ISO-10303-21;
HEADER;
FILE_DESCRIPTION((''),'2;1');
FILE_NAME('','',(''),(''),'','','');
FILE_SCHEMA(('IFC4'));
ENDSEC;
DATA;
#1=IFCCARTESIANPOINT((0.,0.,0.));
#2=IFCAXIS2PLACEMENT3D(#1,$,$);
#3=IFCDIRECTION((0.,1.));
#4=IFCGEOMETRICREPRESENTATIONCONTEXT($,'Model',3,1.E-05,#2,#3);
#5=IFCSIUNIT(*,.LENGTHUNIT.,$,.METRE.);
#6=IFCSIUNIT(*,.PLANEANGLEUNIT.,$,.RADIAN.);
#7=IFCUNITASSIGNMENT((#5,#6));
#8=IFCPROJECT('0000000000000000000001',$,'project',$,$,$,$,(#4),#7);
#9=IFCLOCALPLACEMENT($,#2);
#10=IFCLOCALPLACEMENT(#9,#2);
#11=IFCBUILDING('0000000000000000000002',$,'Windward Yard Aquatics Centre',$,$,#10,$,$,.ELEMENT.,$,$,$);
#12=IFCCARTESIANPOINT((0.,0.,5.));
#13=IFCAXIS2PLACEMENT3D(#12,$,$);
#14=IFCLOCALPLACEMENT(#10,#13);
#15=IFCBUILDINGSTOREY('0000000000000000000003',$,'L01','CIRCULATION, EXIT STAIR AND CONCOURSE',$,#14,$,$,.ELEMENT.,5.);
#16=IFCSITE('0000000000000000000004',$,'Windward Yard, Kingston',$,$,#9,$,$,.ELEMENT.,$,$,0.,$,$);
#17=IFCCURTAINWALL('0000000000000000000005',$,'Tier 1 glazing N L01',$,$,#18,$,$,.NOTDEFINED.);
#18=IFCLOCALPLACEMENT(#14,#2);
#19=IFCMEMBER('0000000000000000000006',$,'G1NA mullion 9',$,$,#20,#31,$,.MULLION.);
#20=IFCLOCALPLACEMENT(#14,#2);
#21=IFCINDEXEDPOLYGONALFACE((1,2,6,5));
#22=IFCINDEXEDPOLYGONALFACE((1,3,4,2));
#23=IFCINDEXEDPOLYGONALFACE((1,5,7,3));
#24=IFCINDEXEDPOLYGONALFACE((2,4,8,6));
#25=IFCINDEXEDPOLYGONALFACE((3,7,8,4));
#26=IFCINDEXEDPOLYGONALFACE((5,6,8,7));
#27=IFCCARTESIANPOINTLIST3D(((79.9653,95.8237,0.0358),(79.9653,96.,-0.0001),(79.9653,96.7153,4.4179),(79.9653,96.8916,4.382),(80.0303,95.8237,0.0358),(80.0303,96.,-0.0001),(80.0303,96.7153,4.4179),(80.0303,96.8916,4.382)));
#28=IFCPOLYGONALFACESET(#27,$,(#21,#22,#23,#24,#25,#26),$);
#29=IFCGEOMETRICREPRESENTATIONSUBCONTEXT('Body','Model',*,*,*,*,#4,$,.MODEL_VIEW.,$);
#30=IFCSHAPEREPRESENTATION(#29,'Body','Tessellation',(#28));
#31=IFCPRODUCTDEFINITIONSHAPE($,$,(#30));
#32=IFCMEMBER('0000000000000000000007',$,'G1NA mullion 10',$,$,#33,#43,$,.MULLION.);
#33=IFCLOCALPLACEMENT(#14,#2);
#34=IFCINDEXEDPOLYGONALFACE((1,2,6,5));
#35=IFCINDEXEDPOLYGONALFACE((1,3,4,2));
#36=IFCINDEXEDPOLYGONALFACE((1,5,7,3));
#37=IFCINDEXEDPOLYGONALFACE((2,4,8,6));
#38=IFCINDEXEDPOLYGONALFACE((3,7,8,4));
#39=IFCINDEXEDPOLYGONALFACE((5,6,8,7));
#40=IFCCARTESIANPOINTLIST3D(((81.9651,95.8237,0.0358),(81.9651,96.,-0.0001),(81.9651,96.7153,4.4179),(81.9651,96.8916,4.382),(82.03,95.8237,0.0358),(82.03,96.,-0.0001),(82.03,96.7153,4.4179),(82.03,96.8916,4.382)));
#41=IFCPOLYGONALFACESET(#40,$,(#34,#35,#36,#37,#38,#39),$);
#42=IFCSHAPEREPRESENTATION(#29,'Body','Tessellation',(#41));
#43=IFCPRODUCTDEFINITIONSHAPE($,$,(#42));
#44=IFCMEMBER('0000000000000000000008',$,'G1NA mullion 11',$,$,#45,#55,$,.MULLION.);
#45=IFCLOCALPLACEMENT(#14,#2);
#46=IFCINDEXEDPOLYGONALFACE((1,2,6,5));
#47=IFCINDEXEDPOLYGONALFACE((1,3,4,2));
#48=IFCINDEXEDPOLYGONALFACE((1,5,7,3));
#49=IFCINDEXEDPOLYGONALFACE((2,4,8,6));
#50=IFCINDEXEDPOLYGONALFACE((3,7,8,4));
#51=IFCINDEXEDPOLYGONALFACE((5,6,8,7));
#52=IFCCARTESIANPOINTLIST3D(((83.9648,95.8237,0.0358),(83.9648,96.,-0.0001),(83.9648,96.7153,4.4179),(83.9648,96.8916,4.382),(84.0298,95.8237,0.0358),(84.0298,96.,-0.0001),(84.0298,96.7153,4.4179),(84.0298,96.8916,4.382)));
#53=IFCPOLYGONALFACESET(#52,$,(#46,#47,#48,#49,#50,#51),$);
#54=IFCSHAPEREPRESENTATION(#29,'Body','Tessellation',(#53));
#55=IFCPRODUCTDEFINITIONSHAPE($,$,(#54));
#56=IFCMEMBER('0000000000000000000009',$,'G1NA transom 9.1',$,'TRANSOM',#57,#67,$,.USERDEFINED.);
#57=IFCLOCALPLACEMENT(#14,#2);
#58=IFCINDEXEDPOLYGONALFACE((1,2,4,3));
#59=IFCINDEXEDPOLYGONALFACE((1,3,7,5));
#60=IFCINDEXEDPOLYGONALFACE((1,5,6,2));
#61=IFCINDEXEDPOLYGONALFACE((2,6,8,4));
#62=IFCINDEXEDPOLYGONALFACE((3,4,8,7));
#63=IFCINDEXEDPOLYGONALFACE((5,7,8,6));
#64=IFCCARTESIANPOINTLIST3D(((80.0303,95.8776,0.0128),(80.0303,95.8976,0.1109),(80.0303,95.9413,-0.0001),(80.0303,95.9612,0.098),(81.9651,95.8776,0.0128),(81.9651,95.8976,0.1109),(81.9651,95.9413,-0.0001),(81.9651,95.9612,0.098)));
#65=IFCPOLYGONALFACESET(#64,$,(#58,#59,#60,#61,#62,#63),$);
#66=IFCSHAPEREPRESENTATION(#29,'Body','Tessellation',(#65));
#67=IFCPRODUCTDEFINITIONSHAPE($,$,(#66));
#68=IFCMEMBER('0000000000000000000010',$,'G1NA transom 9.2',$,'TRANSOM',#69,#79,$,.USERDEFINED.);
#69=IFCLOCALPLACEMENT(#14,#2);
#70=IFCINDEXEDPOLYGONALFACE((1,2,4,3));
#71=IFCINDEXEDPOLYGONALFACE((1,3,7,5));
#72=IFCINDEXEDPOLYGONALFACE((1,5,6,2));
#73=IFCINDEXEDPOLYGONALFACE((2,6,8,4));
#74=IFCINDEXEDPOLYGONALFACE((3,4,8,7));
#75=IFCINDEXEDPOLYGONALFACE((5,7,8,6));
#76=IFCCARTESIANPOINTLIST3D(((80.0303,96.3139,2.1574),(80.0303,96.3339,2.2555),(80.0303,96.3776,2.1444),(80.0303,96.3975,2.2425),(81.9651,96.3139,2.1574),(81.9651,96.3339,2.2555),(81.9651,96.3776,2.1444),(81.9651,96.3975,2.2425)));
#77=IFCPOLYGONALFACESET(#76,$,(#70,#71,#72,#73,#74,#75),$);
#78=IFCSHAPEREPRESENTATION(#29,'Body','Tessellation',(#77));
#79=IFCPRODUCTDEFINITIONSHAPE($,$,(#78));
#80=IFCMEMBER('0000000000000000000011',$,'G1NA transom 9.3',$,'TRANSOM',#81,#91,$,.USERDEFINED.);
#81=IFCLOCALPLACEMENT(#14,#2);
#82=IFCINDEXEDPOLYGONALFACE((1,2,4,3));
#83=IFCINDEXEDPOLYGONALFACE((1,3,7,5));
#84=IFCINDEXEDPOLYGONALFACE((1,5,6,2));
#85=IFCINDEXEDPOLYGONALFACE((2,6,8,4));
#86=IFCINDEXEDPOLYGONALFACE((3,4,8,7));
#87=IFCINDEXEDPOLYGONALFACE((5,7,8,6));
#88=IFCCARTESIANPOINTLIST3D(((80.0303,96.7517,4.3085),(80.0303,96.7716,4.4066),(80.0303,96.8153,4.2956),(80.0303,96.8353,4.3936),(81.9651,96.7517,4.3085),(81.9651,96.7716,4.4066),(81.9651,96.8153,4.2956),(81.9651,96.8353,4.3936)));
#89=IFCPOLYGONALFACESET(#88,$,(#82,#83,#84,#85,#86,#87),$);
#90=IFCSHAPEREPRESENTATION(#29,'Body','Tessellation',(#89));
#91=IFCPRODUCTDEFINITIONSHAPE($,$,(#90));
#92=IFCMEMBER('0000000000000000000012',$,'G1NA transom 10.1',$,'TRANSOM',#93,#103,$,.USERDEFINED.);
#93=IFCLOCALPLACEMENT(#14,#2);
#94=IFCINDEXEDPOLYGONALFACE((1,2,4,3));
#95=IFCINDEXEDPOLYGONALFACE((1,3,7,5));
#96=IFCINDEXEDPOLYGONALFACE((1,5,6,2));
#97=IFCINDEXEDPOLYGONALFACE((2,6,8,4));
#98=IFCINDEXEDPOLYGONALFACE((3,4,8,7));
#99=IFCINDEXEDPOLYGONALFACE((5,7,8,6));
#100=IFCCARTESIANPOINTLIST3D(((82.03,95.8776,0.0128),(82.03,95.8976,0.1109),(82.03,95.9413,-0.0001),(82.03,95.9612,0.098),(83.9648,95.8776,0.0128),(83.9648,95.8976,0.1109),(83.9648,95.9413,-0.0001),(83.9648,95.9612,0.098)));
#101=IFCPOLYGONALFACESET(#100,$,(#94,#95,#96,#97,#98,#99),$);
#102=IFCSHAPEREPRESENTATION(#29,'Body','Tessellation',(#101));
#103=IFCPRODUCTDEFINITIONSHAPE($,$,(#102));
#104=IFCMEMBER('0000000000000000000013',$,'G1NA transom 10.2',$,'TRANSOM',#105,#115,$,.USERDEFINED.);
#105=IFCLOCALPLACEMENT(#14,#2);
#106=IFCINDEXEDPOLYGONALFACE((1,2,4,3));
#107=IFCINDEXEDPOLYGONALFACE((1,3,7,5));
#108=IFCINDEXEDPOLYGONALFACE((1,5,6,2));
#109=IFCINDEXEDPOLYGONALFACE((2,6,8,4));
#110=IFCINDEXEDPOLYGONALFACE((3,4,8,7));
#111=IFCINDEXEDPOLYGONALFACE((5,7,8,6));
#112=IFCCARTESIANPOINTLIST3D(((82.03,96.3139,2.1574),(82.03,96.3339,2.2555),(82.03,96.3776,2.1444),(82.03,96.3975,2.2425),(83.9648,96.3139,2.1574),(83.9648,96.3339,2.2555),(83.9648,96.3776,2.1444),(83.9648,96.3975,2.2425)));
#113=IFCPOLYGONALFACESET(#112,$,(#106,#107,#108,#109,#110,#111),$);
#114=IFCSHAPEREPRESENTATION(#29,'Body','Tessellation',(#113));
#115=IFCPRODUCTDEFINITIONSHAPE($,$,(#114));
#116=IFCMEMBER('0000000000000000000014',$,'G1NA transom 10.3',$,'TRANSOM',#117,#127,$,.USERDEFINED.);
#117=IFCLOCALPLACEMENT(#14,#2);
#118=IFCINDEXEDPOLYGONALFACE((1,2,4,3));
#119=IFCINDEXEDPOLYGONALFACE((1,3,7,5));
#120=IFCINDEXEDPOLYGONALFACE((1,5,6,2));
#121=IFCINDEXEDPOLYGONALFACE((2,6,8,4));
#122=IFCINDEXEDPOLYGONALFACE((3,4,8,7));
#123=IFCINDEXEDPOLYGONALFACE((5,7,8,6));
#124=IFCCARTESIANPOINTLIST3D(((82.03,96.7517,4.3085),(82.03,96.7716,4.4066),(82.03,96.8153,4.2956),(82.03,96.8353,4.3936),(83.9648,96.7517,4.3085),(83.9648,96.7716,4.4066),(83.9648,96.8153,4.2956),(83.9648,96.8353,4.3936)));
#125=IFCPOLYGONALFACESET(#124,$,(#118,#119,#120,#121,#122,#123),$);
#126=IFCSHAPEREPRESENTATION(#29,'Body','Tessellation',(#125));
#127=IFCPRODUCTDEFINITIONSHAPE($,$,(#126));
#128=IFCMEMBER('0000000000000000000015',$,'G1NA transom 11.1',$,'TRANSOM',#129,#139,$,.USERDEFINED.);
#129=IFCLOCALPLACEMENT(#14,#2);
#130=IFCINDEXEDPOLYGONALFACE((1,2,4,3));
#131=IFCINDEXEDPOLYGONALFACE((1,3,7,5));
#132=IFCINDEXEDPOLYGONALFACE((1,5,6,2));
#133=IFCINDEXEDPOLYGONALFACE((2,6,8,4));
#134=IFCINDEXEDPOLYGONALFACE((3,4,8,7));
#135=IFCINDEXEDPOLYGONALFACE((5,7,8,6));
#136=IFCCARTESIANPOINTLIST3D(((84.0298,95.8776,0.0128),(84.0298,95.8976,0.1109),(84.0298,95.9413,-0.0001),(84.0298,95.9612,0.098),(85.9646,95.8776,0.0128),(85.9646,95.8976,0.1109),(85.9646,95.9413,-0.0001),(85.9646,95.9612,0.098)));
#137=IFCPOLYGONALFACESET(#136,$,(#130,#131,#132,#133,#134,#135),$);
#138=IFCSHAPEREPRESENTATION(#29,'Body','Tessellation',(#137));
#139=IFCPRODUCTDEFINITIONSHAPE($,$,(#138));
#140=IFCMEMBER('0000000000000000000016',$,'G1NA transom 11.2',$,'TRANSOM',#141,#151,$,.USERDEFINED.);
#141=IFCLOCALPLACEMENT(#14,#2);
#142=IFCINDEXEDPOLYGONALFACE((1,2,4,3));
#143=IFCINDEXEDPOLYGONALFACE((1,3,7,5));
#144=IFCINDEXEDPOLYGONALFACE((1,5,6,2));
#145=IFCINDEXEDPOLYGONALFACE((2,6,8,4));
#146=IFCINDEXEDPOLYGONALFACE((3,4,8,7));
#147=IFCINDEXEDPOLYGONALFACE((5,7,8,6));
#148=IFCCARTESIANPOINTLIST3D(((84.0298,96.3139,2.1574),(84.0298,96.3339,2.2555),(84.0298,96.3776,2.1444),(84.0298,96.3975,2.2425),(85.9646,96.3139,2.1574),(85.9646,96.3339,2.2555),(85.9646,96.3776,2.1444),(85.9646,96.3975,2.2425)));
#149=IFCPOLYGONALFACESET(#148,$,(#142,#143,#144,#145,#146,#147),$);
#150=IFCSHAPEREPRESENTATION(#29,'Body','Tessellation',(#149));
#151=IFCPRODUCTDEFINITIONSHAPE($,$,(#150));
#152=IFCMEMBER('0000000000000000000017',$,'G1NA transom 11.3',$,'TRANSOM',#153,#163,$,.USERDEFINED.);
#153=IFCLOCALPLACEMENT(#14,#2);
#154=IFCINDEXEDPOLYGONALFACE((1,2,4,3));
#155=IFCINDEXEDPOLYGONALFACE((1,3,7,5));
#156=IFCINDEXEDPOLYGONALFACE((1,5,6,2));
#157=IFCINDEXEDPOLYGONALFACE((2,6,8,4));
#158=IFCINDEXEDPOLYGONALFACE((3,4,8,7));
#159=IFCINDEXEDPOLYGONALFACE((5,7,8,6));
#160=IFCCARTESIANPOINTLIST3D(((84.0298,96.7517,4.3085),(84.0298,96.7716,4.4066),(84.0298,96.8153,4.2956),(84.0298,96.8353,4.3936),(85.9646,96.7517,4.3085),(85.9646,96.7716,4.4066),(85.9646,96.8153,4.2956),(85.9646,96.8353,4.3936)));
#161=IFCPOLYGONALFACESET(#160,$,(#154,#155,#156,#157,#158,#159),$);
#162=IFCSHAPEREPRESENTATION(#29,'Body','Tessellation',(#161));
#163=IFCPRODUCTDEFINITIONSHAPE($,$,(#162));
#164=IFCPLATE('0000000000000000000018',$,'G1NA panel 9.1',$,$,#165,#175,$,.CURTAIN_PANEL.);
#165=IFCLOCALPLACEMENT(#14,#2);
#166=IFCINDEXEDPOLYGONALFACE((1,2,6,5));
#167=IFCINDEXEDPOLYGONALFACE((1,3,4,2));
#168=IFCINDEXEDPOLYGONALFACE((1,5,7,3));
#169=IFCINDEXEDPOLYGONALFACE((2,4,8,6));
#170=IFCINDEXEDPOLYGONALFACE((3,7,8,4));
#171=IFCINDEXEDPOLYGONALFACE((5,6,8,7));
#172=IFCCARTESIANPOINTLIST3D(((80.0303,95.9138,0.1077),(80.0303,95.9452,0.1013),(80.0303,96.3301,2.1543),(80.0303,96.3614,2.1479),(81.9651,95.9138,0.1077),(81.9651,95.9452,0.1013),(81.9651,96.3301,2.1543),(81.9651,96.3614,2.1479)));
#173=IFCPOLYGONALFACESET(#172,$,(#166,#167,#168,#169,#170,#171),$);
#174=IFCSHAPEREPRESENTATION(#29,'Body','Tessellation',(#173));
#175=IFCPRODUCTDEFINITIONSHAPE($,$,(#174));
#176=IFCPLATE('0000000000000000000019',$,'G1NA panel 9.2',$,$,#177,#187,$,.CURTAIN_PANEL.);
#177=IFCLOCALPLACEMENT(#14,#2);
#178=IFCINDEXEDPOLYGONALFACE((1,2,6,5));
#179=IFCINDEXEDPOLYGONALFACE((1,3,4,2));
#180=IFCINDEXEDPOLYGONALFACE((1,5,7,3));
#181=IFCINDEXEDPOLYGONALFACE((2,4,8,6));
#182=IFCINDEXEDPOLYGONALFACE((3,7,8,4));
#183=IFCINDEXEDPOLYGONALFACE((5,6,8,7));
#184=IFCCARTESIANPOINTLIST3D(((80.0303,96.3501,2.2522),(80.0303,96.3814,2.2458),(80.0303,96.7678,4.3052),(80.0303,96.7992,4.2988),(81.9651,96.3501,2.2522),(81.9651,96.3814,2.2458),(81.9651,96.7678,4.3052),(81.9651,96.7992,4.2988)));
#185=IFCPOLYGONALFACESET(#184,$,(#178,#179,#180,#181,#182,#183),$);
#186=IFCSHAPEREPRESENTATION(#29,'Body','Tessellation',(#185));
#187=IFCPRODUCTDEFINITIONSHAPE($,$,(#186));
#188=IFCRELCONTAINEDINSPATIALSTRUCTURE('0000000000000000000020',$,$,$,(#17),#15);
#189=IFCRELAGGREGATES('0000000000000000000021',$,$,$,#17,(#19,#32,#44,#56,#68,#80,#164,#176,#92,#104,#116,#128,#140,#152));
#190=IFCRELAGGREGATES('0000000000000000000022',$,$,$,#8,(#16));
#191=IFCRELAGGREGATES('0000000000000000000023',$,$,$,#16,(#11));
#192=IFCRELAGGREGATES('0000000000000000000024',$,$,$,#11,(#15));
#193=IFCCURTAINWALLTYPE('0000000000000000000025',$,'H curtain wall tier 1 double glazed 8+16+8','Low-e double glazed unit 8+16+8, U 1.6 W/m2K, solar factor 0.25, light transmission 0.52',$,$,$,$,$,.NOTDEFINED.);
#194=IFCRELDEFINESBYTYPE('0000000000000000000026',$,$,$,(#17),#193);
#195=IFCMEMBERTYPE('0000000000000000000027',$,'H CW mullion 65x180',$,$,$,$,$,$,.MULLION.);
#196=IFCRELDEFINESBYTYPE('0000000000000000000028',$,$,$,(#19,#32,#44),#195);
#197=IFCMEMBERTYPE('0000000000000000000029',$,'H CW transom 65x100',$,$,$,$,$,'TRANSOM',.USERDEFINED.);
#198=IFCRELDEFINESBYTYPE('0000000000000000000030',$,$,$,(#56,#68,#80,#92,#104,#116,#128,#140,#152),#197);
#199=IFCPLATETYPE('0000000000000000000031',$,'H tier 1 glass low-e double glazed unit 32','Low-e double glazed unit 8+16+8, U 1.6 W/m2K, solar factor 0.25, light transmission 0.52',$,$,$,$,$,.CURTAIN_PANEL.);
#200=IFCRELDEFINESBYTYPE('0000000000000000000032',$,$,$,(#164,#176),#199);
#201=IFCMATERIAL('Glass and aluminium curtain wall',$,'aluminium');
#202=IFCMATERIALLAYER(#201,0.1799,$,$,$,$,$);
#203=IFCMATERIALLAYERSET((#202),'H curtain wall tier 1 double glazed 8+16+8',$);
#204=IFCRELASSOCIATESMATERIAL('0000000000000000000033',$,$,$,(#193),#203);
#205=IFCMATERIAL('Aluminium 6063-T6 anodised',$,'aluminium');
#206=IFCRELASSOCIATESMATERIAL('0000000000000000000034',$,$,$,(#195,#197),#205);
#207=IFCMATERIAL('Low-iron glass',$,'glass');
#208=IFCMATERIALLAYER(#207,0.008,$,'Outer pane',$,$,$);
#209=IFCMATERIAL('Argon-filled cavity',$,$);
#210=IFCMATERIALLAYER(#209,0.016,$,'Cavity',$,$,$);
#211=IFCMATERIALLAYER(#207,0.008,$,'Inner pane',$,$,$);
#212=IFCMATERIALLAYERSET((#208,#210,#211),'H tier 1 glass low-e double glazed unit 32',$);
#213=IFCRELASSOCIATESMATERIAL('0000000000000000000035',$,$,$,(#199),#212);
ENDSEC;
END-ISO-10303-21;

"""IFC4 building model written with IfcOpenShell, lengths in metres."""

from ifc_helpers import new_model, si_unit, direction, frame, origin, origin_2d, place, context, subcontext, project, spatial, polyline, rectangle, outline, extrude, material, layer, layer_set, material_profile, profile_set, type_object, element, aggregate, save


model = new_model("IFC4")

# Units and contexts
model_context = context("Model", 3, precision=1e-05, world=origin(), true_north=direction((0.0, 1.0)))
body_context = subcontext(model_context, "Body", "Model", "MODEL_VIEW")
ifc_project = project(units=[si_unit("LENGTHUNIT", "METRE"), si_unit("PLANEANGLEUNIT", "RADIAN")], contexts=[model_context])

# Site, building, storey
site_placement = place(None, origin())
site = spatial("IfcSite", under=ifc_project, at=site_placement, Name="Windward Yard, Kingston", CompositionType="ELEMENT", RefElevation=0.0)
building_placement = place(site_placement, origin())
building = spatial("IfcBuilding", under=site, at=building_placement, Name="Windward Yard Aquatics Centre", CompositionType="ELEMENT")
storey_placement = place(building_placement, frame((0.0, 0.0, 5.0)))
storey = spatial("IfcBuildingStorey", under=building, at=storey_placement, Name="L01", Description="CIRCULATION, EXIT STAIR AND CONCOURSE", CompositionType="ELEMENT", Elevation=5.0)

# Curtain wall, members, plates
ifc_material_1 = material(Name="Glass and aluminium curtain wall", Category="aluminium")
ifc_layer_1 = layer(ifc_material_1, 0.1799)
ifc_layer_set_1 = layer_set([ifc_layer_1], Name="H curtain wall tier 1 double glazed 8+16+8")
curtain_wall_type = type_object("IfcCurtainWallType", Name="H curtain wall tier 1 double glazed 8+16+8", Description="Low-e double glazed unit 8+16+8, U 1.6 W/m2K, solar factor 0.25, light transmission 0.52", PredefinedType="NOTDEFINED", material=ifc_layer_set_1)
curtain_wall_placement = place(storey_placement, origin())
curtain_wall = element("IfcCurtainWall", 1, at=curtain_wall_placement, inside=storey, type_object=curtain_wall_type, Name="Tier 1 glazing N L01", PredefinedType="NOTDEFINED")
ifc_material_2 = material(Name="Aluminium 6063-T6 anodised", Category="aluminium")
ifc_material_profile_1 = material_profile(ifc_material_2, rectangle(XDim=0.0649, YDim=0.1799, at=origin_2d()), Name="H CW mullion 65x180")
ifc_profile_set_1 = profile_set([ifc_material_profile_1], Name="Aluminium 6063-T6 anodised")
member_type_1 = type_object("IfcMemberType", Name="H CW mullion 65x180", PredefinedType="MULLION", material=ifc_profile_set_1)
member_1_placement = place(storey_placement, frame((79.9978, 95.9119, 0.0178), z_axis=(0.0, 0.19938, 0.979922), x_axis=(-1.0, 0.0, 0.0)))
member_1 = element("IfcMember", 2, at=member_1_placement, type_object=member_type_1, Name="G1NA mullion 9", PredefinedType="MULLION", context=body_context, shape_type="SweptSolid", body=[
    extrude(rectangle(XDim=0.0649, YDim=0.1799, at=origin_2d()), origin(), (0.0, 0.0, 1.0), 4.4719),
])
member_2_placement = place(storey_placement, frame((81.9976, 95.9119, 0.0178), z_axis=(0.0, 0.19938, 0.979922), x_axis=(-1.0, 0.0, 0.0)))
member_2 = element("IfcMember", 3, at=member_2_placement, type_object=member_type_1, Name="G1NA mullion 10", PredefinedType="MULLION", context=body_context, shape_type="SweptSolid", body=[
    extrude(rectangle(XDim=0.0649, YDim=0.1799, at=origin_2d()), origin(), (0.0, 0.0, 1.0), 4.4719),
])
member_3_placement = place(storey_placement, frame((83.9973, 95.9119, 0.0178), z_axis=(0.0, 0.19938, 0.979922), x_axis=(-1.0, 0.0, 0.0)))
member_3 = element("IfcMember", 4, at=member_3_placement, type_object=member_type_1, Name="G1NA mullion 11", PredefinedType="MULLION", context=body_context, shape_type="SweptSolid", body=[
    extrude(rectangle(XDim=0.0649, YDim=0.1799, at=origin_2d()), origin(), (0.0, 0.0, 1.0), 4.4719),
])
ifc_material_profile_2 = material_profile(ifc_material_2, rectangle(XDim=0.0649, YDim=0.1001, at=origin_2d()), Name="H CW transom 65x100")
ifc_profile_set_2 = profile_set([ifc_material_profile_2], Name="Aluminium 6063-T6 anodised")
member_type_2 = type_object("IfcMemberType", Name="H CW transom 65x100", ElementType="TRANSOM", PredefinedType="USERDEFINED", material=ifc_profile_set_2)
member_4_placement = place(storey_placement, frame((80.0303, 95.9194, 0.0554), z_axis=(1.0, 0.0, 0.0), x_axis=(0.0, -0.979925, 0.199368)))
member_4 = element("IfcMember", 5, at=member_4_placement, type_object=member_type_2, Name="G1NA transom 9.1", ObjectType="TRANSOM", PredefinedType="USERDEFINED", context=body_context, shape_type="SweptSolid", body=[
    extrude(rectangle(XDim=0.0649, YDim=0.1001, at=origin_2d()), origin(), (0.0, 0.0, 1.0), 1.9348),
])
member_5_placement = place(storey_placement, frame((80.0303, 96.3557, 2.2), z_axis=(1.0, 0.0, 0.0), x_axis=(0.0, -0.979925, 0.199368)))
member_5 = element("IfcMember", 6, at=member_5_placement, type_object=member_type_2, Name="G1NA transom 9.2", ObjectType="TRANSOM", PredefinedType="USERDEFINED", context=body_context, shape_type="SweptSolid", body=[
    extrude(rectangle(XDim=0.0649, YDim=0.1001, at=origin_2d()), origin(), (0.0, 0.0, 1.0), 1.9348),
])
member_6_placement = place(storey_placement, frame((80.0303, 96.7935, 4.3511), z_axis=(1.0, 0.0, 0.0), x_axis=(0.0, -0.979925, 0.199368)))
member_6 = element("IfcMember", 7, at=member_6_placement, type_object=member_type_2, Name="G1NA transom 9.3", ObjectType="TRANSOM", PredefinedType="USERDEFINED", context=body_context, shape_type="SweptSolid", body=[
    extrude(rectangle(XDim=0.0649, YDim=0.1001, at=origin_2d()), origin(), (0.0, 0.0, 1.0), 1.9348),
])
member_7_placement = place(storey_placement, frame((82.03, 95.9194, 0.0554), z_axis=(1.0, 0.0, 0.0), x_axis=(0.0, -0.979925, 0.199368)))
member_7 = element("IfcMember", 8, at=member_7_placement, type_object=member_type_2, Name="G1NA transom 10.1", ObjectType="TRANSOM", PredefinedType="USERDEFINED", context=body_context, shape_type="SweptSolid", body=[
    extrude(rectangle(XDim=0.0649, YDim=0.1001, at=origin_2d()), origin(), (0.0, 0.0, 1.0), 1.9348),
])
member_8_placement = place(storey_placement, frame((82.03, 96.3557, 2.2), z_axis=(1.0, 0.0, 0.0), x_axis=(0.0, -0.979925, 0.199368)))
member_8 = element("IfcMember", 9, at=member_8_placement, type_object=member_type_2, Name="G1NA transom 10.2", ObjectType="TRANSOM", PredefinedType="USERDEFINED", context=body_context, shape_type="SweptSolid", body=[
    extrude(rectangle(XDim=0.0649, YDim=0.1001, at=origin_2d()), origin(), (0.0, 0.0, 1.0), 1.9348),
])
member_9_placement = place(storey_placement, frame((82.03, 96.7935, 4.3511), z_axis=(1.0, 0.0, 0.0), x_axis=(0.0, -0.979925, 0.199368)))
member_9 = element("IfcMember", 10, at=member_9_placement, type_object=member_type_2, Name="G1NA transom 10.3", ObjectType="TRANSOM", PredefinedType="USERDEFINED", context=body_context, shape_type="SweptSolid", body=[
    extrude(rectangle(XDim=0.0649, YDim=0.1001, at=origin_2d()), origin(), (0.0, 0.0, 1.0), 1.9348),
])
member_10_placement = place(storey_placement, frame((84.0298, 95.9194, 0.0554), z_axis=(1.0, 0.0, 0.0), x_axis=(0.0, -0.979925, 0.199368)))
member_10 = element("IfcMember", 11, at=member_10_placement, type_object=member_type_2, Name="G1NA transom 11.1", ObjectType="TRANSOM", PredefinedType="USERDEFINED", context=body_context, shape_type="SweptSolid", body=[
    extrude(rectangle(XDim=0.0649, YDim=0.1001, at=origin_2d()), origin(), (0.0, 0.0, 1.0), 1.9348),
])
member_11_placement = place(storey_placement, frame((84.0298, 96.3557, 2.2), z_axis=(1.0, 0.0, 0.0), x_axis=(0.0, -0.979925, 0.199368)))
member_11 = element("IfcMember", 12, at=member_11_placement, type_object=member_type_2, Name="G1NA transom 11.2", ObjectType="TRANSOM", PredefinedType="USERDEFINED", context=body_context, shape_type="SweptSolid", body=[
    extrude(rectangle(XDim=0.0649, YDim=0.1001, at=origin_2d()), origin(), (0.0, 0.0, 1.0), 1.9348),
])
member_12_placement = place(storey_placement, frame((84.0298, 96.7935, 4.3511), z_axis=(1.0, 0.0, 0.0), x_axis=(0.0, -0.979925, 0.199368)))
member_12 = element("IfcMember", 13, at=member_12_placement, type_object=member_type_2, Name="G1NA transom 11.3", ObjectType="TRANSOM", PredefinedType="USERDEFINED", context=body_context, shape_type="SweptSolid", body=[
    extrude(rectangle(XDim=0.0649, YDim=0.1001, at=origin_2d()), origin(), (0.0, 0.0, 1.0), 1.9348),
])
ifc_material_3 = material(Name="Low-iron glass", Category="glass")
ifc_layer_2 = layer(ifc_material_3, 0.008, Name="Outer pane")
ifc_material_4 = material(Name="Argon-filled cavity")
ifc_layer_3 = layer(ifc_material_4, 0.016, Name="Cavity")
ifc_layer_4 = layer(ifc_material_3, 0.008, Name="Inner pane")
ifc_layer_set_2 = layer_set([ifc_layer_2, ifc_layer_3, ifc_layer_4], Name="H tier 1 glass low-e double glazed unit 32")
plate_type = type_object("IfcPlateType", Name="H tier 1 glass low-e double glazed unit 32", Description="Low-e double glazed unit 8+16+8, U 1.6 W/m2K, solar factor 0.25, light transmission 0.52", PredefinedType="CURTAIN_PANEL", material=ifc_layer_set_2)
plate_1_placement = place(storey_placement, frame((80.0303, 95.9138, 0.1077), z_axis=(0.0, -0.979937, 0.199307), x_axis=(1.0, 0.0, 0.0)))
plate_1 = element("IfcPlate", 14, at=plate_1_placement, type_object=plate_type, Name="G1NA panel 9.1", PredefinedType="CURTAIN_PANEL", context=body_context, shape_type="SweptSolid", body=[
    extrude(outline(polyline([(0.0, 0.0), (1.9348, 0.0), (1.9348, 2.0885), (0.0, 2.0885), (0.0, 0.0)])), origin(), (0.0, 0.0, -1.0), 0.032),
])
plate_2_placement = place(storey_placement, frame((80.0303, 96.3501, 2.2522), z_axis=(0.0, -0.979921, 0.199387), x_axis=(1.0, 0.0, 0.0)))
plate_2 = element("IfcPlate", 15, at=plate_2_placement, type_object=plate_type, Name="G1NA panel 9.2", PredefinedType="CURTAIN_PANEL", context=body_context, shape_type="SweptSolid", body=[
    extrude(outline(polyline([(0.0, 0.0), (1.9348, 0.0), (1.9348, 2.095), (0.0, 2.095), (0.0, 0.0)])), origin(), (0.0, 0.0, -1.0), 0.032),
])
aggregate(curtain_wall, [member_1, member_2, member_3, member_4, member_5, member_6, plate_1, plate_2, member_7, member_8, member_9, member_10, member_11, member_12])

save(model, "model.ifc")
